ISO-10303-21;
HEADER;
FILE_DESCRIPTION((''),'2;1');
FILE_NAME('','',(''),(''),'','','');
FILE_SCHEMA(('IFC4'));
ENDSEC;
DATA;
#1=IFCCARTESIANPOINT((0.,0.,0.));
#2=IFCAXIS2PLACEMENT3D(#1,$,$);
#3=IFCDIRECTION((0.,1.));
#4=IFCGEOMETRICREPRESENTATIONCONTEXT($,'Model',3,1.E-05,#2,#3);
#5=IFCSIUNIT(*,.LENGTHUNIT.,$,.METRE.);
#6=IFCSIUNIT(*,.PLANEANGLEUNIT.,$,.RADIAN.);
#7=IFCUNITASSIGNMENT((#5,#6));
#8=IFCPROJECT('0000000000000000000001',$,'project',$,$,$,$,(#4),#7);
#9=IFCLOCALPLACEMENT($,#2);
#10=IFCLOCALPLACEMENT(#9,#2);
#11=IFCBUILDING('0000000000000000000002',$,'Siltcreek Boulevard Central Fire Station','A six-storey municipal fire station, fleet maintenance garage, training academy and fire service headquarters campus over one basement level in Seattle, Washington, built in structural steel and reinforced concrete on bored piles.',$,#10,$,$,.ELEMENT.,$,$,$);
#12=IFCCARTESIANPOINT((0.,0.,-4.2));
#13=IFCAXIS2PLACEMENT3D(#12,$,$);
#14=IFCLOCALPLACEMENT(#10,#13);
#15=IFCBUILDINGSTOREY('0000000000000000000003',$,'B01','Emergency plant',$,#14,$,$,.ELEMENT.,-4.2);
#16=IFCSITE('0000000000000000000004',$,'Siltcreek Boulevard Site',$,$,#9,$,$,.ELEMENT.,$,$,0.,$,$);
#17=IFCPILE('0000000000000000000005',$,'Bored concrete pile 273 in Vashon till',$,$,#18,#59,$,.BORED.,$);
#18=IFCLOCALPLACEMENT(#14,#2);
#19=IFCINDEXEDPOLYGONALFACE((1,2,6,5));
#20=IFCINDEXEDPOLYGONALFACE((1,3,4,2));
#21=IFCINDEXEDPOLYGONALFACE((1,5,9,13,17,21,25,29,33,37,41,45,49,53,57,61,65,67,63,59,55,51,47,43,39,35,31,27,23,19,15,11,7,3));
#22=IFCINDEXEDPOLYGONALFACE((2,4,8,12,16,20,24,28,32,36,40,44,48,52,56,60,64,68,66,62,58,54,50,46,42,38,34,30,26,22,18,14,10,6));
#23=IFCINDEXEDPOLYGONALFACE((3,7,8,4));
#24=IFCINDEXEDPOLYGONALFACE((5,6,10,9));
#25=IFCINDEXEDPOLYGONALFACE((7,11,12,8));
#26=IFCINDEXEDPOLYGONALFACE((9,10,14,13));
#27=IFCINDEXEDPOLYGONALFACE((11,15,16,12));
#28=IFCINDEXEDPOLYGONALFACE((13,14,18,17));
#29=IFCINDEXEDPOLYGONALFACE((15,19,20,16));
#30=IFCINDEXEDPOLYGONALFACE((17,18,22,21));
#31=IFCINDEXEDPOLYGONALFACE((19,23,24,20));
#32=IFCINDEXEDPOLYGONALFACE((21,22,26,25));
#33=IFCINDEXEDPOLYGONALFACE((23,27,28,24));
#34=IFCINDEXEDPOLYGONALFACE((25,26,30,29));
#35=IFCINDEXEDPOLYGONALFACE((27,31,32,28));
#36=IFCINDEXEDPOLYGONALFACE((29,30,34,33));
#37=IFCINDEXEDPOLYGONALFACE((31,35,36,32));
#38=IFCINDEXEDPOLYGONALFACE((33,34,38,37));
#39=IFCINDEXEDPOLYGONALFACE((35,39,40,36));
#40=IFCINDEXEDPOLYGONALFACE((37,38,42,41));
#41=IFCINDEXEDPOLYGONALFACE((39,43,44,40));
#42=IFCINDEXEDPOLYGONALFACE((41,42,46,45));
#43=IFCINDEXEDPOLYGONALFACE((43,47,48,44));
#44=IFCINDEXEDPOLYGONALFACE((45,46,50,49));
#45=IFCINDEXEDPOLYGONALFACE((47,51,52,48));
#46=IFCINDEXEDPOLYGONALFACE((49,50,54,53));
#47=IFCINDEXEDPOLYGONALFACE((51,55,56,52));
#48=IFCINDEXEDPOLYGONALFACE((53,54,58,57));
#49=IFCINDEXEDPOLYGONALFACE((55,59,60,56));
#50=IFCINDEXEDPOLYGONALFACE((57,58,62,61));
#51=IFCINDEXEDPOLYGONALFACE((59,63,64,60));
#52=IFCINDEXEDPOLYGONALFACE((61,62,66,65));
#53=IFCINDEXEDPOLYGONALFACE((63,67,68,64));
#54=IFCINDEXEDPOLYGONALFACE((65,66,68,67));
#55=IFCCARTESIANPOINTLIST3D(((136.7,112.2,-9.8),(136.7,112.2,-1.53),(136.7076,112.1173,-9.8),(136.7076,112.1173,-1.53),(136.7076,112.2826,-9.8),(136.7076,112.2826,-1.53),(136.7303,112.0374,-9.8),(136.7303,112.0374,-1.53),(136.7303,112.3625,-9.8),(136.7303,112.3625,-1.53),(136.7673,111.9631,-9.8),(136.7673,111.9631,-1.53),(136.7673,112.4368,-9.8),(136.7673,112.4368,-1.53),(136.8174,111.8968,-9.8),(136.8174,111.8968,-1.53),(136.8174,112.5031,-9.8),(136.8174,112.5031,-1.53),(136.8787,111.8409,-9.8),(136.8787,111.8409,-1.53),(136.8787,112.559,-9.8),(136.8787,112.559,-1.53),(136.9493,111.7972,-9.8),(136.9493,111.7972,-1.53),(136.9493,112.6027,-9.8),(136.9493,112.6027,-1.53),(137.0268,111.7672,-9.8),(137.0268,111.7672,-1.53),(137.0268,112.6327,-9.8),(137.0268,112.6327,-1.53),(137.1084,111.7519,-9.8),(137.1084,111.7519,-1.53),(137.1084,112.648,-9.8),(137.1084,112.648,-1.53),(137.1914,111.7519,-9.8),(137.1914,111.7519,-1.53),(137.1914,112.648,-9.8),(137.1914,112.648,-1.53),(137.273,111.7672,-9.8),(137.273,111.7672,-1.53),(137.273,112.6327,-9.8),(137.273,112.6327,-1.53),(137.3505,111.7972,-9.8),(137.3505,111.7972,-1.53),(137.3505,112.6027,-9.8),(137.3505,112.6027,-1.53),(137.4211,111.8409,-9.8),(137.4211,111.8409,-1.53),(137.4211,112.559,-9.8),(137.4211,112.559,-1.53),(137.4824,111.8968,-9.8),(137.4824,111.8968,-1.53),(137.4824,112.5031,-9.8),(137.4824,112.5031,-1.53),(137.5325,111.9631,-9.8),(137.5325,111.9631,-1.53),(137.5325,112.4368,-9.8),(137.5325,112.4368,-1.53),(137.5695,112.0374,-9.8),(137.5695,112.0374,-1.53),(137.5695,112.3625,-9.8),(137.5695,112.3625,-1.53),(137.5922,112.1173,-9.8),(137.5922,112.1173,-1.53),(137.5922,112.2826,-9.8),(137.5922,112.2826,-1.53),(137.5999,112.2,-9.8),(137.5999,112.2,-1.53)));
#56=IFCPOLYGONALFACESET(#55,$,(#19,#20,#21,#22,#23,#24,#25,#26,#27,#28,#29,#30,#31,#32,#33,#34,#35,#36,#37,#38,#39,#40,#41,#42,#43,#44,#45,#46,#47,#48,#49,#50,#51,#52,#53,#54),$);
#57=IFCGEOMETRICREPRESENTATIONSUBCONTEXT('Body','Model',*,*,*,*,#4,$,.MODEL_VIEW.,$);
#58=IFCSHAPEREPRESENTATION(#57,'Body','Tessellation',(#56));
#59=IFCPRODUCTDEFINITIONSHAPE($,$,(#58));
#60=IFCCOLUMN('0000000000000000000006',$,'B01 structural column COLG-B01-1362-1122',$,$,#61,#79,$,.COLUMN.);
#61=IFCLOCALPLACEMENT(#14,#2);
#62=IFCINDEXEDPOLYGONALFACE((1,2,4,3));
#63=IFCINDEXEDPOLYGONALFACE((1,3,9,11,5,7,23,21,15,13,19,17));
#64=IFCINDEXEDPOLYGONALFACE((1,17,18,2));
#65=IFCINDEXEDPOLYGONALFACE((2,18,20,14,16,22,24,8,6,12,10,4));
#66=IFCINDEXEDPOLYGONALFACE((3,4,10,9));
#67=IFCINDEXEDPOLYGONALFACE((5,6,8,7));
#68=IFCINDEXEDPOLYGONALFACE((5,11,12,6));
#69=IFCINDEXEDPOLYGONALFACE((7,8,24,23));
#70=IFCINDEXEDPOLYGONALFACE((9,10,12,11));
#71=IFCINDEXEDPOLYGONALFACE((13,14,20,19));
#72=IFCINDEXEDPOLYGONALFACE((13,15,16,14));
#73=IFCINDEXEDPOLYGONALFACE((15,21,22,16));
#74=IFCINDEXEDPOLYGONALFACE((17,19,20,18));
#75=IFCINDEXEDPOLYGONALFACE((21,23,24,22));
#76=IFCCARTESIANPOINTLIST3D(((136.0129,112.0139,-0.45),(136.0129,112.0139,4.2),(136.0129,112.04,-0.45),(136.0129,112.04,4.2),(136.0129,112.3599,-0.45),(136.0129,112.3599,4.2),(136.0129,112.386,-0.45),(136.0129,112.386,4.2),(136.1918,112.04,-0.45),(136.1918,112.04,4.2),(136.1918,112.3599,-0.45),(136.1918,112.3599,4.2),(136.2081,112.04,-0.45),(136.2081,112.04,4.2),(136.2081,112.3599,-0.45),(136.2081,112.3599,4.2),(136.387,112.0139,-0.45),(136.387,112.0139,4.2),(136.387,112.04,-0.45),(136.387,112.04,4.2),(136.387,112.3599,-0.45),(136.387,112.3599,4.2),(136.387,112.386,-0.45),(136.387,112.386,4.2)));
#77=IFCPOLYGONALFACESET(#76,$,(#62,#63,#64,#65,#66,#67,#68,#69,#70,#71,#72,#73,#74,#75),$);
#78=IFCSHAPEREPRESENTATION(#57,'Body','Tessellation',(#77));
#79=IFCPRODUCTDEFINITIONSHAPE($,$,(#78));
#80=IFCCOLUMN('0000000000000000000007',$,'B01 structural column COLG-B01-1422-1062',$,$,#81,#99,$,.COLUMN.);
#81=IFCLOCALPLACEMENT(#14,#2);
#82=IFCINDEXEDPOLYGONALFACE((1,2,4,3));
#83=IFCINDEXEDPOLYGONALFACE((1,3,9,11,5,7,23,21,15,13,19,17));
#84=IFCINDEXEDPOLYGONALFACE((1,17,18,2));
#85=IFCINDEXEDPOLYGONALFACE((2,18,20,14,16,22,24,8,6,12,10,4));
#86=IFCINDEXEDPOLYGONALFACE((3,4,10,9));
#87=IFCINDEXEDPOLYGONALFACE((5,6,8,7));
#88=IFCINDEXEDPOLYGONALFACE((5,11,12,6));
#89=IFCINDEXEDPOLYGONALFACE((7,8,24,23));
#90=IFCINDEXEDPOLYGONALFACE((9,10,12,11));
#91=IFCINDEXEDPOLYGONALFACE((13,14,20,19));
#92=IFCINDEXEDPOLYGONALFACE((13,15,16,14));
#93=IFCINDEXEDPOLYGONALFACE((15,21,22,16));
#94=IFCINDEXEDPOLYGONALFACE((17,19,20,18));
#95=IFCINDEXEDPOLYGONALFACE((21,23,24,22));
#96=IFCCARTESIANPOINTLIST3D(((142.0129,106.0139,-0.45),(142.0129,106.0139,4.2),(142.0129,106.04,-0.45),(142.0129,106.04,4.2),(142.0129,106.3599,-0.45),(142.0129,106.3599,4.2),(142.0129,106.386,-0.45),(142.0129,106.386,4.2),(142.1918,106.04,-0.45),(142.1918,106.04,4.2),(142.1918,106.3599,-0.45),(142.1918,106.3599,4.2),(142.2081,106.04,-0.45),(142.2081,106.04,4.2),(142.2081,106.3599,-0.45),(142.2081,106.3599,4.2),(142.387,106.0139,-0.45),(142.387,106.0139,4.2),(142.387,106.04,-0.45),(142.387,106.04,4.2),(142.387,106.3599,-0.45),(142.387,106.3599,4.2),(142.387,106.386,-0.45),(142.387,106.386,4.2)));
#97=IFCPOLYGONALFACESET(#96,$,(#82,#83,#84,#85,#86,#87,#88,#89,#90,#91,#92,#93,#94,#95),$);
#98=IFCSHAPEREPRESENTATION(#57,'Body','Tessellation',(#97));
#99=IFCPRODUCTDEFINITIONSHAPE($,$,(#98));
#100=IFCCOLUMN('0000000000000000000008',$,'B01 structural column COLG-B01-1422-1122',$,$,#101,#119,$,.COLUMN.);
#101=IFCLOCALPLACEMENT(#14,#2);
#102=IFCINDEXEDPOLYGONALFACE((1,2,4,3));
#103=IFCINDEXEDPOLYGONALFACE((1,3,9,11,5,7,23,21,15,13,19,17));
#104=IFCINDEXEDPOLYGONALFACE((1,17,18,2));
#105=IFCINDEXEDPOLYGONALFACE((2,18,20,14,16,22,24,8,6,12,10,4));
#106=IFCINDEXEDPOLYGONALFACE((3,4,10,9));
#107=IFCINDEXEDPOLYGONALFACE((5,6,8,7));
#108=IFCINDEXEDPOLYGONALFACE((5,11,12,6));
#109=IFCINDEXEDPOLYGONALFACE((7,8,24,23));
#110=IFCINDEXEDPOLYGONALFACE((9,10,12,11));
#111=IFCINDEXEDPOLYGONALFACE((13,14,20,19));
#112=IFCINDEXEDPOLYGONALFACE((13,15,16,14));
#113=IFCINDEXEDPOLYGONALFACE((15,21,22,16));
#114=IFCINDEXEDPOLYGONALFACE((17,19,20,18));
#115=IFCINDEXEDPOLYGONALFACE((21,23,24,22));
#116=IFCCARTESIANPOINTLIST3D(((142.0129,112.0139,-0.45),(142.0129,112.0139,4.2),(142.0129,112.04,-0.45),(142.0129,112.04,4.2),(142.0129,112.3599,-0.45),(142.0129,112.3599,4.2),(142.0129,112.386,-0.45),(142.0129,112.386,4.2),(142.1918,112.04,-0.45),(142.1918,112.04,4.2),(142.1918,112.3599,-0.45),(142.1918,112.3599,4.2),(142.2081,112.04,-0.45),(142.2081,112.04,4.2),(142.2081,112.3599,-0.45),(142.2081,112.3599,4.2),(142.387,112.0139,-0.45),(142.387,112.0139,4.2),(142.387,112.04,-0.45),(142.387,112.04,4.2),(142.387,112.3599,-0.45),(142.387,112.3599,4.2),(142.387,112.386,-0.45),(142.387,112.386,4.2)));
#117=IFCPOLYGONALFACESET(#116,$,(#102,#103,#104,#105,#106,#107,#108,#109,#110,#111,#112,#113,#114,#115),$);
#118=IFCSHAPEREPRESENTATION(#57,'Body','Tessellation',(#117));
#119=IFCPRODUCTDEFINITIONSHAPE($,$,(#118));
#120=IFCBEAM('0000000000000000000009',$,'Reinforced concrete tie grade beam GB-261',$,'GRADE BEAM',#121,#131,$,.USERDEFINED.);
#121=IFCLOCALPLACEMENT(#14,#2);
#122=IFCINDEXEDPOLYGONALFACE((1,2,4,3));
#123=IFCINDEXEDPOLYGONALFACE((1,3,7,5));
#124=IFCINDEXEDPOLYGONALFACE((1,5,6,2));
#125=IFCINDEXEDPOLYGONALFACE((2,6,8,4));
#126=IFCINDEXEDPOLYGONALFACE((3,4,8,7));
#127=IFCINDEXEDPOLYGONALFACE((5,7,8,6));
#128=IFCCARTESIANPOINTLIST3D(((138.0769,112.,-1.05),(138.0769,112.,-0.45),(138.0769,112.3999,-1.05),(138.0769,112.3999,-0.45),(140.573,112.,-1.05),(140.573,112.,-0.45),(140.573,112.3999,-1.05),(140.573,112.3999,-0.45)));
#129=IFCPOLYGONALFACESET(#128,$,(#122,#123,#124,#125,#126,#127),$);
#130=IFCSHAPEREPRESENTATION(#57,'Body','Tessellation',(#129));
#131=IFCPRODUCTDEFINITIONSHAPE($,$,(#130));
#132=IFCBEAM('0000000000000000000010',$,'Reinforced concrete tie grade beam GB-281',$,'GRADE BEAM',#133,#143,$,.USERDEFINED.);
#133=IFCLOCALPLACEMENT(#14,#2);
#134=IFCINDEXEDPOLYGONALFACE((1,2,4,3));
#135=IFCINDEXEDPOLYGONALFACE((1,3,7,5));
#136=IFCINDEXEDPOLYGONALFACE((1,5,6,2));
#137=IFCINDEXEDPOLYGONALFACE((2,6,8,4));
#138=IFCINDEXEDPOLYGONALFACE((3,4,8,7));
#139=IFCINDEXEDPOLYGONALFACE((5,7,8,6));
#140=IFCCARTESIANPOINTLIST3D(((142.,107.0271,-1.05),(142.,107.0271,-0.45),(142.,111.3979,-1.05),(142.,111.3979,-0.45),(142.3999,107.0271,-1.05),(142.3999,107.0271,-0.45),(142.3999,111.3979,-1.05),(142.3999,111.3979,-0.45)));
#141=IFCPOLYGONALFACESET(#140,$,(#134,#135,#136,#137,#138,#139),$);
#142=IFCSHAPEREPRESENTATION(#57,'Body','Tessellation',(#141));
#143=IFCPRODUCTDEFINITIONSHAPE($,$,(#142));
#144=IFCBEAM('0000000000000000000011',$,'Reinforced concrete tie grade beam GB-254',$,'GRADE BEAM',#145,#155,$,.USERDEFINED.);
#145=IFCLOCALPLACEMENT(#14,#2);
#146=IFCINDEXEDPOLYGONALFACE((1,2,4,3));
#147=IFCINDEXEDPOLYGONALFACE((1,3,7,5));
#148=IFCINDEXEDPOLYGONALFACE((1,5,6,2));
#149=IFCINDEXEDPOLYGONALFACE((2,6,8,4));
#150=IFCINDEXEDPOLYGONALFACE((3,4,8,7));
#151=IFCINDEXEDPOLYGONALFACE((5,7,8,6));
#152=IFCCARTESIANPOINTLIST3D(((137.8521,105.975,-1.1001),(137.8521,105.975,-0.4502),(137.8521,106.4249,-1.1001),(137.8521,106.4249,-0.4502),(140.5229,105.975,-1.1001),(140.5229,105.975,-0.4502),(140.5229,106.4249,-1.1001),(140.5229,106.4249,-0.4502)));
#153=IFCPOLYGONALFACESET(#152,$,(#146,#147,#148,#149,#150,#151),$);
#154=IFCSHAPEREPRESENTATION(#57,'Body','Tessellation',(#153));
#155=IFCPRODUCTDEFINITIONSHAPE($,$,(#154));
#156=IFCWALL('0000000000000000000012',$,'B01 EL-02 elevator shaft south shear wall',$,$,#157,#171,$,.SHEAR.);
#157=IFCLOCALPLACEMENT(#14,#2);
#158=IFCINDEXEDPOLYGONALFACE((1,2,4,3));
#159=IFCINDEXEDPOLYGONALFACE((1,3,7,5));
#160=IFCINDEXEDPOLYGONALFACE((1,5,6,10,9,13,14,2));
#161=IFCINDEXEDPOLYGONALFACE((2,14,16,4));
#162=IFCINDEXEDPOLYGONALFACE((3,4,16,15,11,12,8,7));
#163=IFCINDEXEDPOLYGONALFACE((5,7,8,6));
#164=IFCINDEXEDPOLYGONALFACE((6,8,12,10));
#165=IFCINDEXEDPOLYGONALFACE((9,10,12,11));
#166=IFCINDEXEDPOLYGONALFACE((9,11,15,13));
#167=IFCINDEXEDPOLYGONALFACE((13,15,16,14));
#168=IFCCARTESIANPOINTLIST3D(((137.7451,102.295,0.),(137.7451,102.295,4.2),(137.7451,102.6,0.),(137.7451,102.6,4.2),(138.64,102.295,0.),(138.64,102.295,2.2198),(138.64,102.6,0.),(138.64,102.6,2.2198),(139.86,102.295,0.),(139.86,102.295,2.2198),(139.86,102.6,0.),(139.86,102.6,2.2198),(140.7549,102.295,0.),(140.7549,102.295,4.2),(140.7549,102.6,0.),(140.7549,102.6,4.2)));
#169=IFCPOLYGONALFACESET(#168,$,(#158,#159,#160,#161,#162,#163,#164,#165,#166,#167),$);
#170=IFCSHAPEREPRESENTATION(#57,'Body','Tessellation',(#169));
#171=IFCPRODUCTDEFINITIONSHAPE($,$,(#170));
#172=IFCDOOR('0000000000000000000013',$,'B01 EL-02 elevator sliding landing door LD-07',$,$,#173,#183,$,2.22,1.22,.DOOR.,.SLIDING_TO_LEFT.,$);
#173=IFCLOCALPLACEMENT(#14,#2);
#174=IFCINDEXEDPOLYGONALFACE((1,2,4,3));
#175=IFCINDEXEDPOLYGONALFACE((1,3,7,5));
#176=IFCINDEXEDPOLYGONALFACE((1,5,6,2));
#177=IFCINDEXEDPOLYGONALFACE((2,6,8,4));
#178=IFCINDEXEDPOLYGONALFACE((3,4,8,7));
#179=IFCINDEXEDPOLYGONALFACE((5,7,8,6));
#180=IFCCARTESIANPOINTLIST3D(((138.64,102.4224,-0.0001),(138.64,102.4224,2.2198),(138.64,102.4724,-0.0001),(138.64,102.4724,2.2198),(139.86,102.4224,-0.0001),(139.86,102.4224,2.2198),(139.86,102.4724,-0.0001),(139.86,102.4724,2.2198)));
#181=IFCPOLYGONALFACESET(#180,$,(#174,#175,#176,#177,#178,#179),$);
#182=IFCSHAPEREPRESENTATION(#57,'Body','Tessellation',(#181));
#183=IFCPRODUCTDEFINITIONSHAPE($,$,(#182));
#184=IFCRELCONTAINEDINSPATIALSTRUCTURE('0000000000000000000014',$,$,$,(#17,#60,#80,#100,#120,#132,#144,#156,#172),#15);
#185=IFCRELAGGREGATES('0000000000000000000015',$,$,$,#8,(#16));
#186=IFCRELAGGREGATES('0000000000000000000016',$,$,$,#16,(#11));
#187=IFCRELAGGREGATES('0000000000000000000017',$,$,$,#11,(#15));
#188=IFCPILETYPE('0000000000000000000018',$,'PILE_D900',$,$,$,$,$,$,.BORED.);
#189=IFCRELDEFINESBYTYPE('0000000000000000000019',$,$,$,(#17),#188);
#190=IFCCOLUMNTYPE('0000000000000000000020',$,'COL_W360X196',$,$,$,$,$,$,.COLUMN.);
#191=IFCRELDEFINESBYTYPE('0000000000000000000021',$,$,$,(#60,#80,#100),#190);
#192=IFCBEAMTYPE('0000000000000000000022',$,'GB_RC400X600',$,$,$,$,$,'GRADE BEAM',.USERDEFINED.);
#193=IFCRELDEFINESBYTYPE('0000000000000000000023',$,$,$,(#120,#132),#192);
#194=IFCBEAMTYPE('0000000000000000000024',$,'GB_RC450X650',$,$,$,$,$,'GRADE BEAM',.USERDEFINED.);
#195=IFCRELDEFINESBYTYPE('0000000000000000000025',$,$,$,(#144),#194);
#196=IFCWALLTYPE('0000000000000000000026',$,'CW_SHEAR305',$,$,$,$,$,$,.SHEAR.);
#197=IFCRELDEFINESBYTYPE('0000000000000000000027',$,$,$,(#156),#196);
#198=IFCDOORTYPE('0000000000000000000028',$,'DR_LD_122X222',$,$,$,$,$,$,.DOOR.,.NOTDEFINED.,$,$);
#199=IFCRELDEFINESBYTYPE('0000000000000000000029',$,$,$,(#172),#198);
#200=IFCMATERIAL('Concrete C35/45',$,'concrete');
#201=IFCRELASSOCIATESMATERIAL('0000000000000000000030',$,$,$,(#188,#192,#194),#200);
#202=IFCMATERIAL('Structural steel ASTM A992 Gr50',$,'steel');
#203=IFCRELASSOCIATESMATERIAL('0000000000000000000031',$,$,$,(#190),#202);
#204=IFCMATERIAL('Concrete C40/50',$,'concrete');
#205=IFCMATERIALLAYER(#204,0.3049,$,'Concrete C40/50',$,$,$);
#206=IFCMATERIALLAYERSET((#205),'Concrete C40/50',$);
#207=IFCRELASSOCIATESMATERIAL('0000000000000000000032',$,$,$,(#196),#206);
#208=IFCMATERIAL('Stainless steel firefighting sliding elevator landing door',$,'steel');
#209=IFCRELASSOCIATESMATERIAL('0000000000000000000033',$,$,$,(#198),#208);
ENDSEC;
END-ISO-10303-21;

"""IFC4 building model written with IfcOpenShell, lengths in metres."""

from ifc_helpers import new_model, si_unit, direction, frame, frame_2d, origin, origin_2d, place, context, subcontext, project, spatial, rectangle, circle, i_section, extrude, material, layer, layer_set, material_profile, profile_set, type_object, element, fill, save


model = new_model("IFC4")

# Units and contexts
model_context = context("Model", 3, precision=1e-05, world=origin(), true_north=direction((0.0, 1.0)))
body_context = subcontext(model_context, "Body", "Model", "MODEL_VIEW")
ifc_project = project(units=[si_unit("LENGTHUNIT", "METRE"), si_unit("PLANEANGLEUNIT", "RADIAN")], contexts=[model_context])

# Site, building, storey
site_placement = place(None, origin())
site = spatial("IfcSite", under=ifc_project, at=site_placement, Name="Siltcreek Boulevard Site", CompositionType="ELEMENT", RefElevation=0.0)
building_placement = place(site_placement, origin())
building = spatial("IfcBuilding", under=site, at=building_placement, Name="Siltcreek Boulevard Central Fire Station", Description="A six-storey municipal fire station, fleet maintenance garage, training academy and fire service headquarters campus over one basement level in Seattle, Washington, built in structural steel and reinforced concrete on bored piles.", CompositionType="ELEMENT")
storey_placement = place(building_placement, frame((0.0, 0.0, -4.2)))
storey = spatial("IfcBuildingStorey", under=building, at=storey_placement, Name="B01", Description="Emergency plant", CompositionType="ELEMENT", Elevation=-4.2)

# Shared definitions
ifc_material_1 = material(Name="Concrete C35/45", Category="concrete")

# Pile
ifc_material_profile_1 = material_profile(ifc_material_1, circle(Radius=0.45, at=origin_2d()), Name="SHAFT900")
ifc_profile_set_1 = profile_set([ifc_material_profile_1], Name="Concrete C35/45")
pile_type_1 = type_object("IfcPileType", Name="PILE_D900", PredefinedType="BORED", material=ifc_profile_set_1)
pile_1_placement = place(storey_placement, frame((137.1499, 112.2, -1.53), z_axis=(0.0, 0.0, -1.0), x_axis=(1.0, 0.0, 0.0)))
element("IfcPile", 1, at=pile_1_placement, inside=storey, type_object=pile_type_1, Name="Bored concrete pile 273 in Vashon till", PredefinedType="BORED", context=body_context, shape_type="SweptSolid", body=[
    extrude(circle(Radius=0.45, at=origin_2d()), origin(), (0.0, 0.0, 1.0), 8.27),
])

# Columns
ifc_material_2 = material(Name="Structural steel ASTM A992 Gr50", Category="steel")
ifc_material_profile_2 = material_profile(ifc_material_2, i_section(OverallWidth=0.374, OverallDepth=0.3721, WebThickness=0.0164, FlangeThickness=0.0261, at=origin_2d()), Name="W360X196")
ifc_profile_set_2 = profile_set([ifc_material_profile_2], Name="Structural steel ASTM A992 Gr50")
column_type = type_object("IfcColumnType", Name="COL_W360X196", PredefinedType="COLUMN", material=ifc_profile_set_2)
for number, where, z_axis, x_axis, name in (
    (2, (136.2, 112.2, -0.45), (0.0, 0.0, 1.0), (1.0, 0.0, 0.0), "B01 structural column COLG-B01-1362-1122"),
    (3, (142.2, 106.2, -0.45), (0.0, 0.0, 1.0), (1.0, 0.0, 0.0), "B01 structural column COLG-B01-1422-1062"),
    (4, (142.2, 112.2, -0.45), (0.0, 0.0, 1.0), (1.0, 0.0, 0.0), "B01 structural column COLG-B01-1422-1122"),
):
    element("IfcColumn", number, at=place(storey_placement, frame(where, z_axis=z_axis, x_axis=x_axis)), inside=storey, type_object=column_type, Name=name, PredefinedType="COLUMN", context=body_context, shape_type="SweptSolid", body=[
        extrude(i_section(OverallWidth=0.374, OverallDepth=0.3721, WebThickness=0.0164, FlangeThickness=0.0261, at=origin_2d()), origin(), (0.0, 0.0, 1.0), 4.6499),
    ])

# Beams
ifc_material_profile_3 = material_profile(ifc_material_1, rectangle(XDim=0.3999, YDim=0.6001, at=origin_2d()), Name="RC400X600")
ifc_profile_set_3 = profile_set([ifc_material_profile_3], Name="Concrete C35/45")
beam_type_1 = type_object("IfcBeamType", Name="GB_RC400X600", ElementType="GRADE BEAM", PredefinedType="USERDEFINED", material=ifc_profile_set_3)
beam_1_placement = place(storey_placement, frame((138.0769, 112.2, -0.75), z_axis=(1.0, 0.0, 0.0), x_axis=(0.0, 1.0, 0.0)))
element("IfcBeam", 5, at=beam_1_placement, inside=storey, type_object=beam_type_1, Name="Reinforced concrete tie grade beam GB-261", ObjectType="GRADE BEAM", PredefinedType="USERDEFINED", context=body_context, shape_type="SweptSolid", body=[
    extrude(rectangle(XDim=0.3999, YDim=0.6001, at=origin_2d()), origin(), (0.0, 0.0, 1.0), 2.4961),
])
beam_2_placement = place(storey_placement, frame((142.2, 107.0271, -0.75), z_axis=(0.0, 1.0, 0.0), x_axis=(-1.0, 0.0, 0.0)))
element("IfcBeam", 6, at=beam_2_placement, inside=storey, type_object=beam_type_1, Name="Reinforced concrete tie grade beam GB-281", ObjectType="GRADE BEAM", PredefinedType="USERDEFINED", context=body_context, shape_type="SweptSolid", body=[
    extrude(rectangle(XDim=0.3999, YDim=0.6001, at=origin_2d()), origin(), (0.0, 0.0, 1.0), 4.3708),
])
ifc_material_profile_4 = material_profile(ifc_material_1, rectangle(XDim=0.45, YDim=0.6499, at=origin_2d()), Name="RC450X650")
ifc_profile_set_4 = profile_set([ifc_material_profile_4], Name="Concrete C35/45")
beam_type_2 = type_object("IfcBeamType", Name="GB_RC450X650", ElementType="GRADE BEAM", PredefinedType="USERDEFINED", material=ifc_profile_set_4)
beam_3_placement = place(storey_placement, frame((137.8521, 106.2, -0.7751), z_axis=(1.0, 0.0, 0.0), x_axis=(0.0, 1.0, 0.0)))
element("IfcBeam", 7, at=beam_3_placement, inside=storey, type_object=beam_type_2, Name="Reinforced concrete tie grade beam GB-254", ObjectType="GRADE BEAM", PredefinedType="USERDEFINED", context=body_context, shape_type="SweptSolid", body=[
    extrude(rectangle(XDim=0.45, YDim=0.6499, at=origin_2d()), origin(), (0.0, 0.0, 1.0), 2.6709),
])

# Wall, opening, door
ifc_material_3 = material(Name="Concrete C40/50", Category="concrete")
ifc_layer_1 = layer(ifc_material_3, 0.3049, Name="Concrete C40/50")
ifc_layer_set_1 = layer_set([ifc_layer_1], Name="Concrete C40/50")
wall_type_1 = type_object("IfcWallType", Name="CW_SHEAR305", PredefinedType="SHEAR", material=ifc_layer_set_1)
wall_1_placement = place(storey_placement, frame((137.7451, 102.4475, 0.0), z_axis=(0.0, 0.0, 1.0), x_axis=(1.0, 0.0, 0.0)))
wall_1 = element("IfcWall", 8, at=wall_1_placement, inside=storey, type_object=wall_type_1, Name="B01 EL-02 elevator shaft south shear wall", PredefinedType="SHEAR", context=body_context, shape_type="SweptSolid", body=[
    extrude(rectangle(XDim=3.0098, YDim=0.3049, at=frame_2d((1.5049, 0.0))), origin(), (0.0, 0.0, 1.0), 4.2),
])
opening_1_placement = place(wall_1_placement, frame((0.895, 0.0, 0.0)))
opening_1 = element("IfcOpeningElement", 9, at=opening_1_placement, cuts=wall_1, PredefinedType="OPENING", context=body_context, shape_type="SweptSolid", body=[
    extrude(rectangle(XDim=1.22, YDim=2.22, at=frame_2d((0.6099, 1.1099))), frame((0.0, 0.1624, 0.0), z_axis=(0.0, -1.0, 0.0), x_axis=(1.0, 0.0, 0.0)), (0.0, 0.0, 1.0), 0.325),
])
ifc_material_4 = material(Name="Stainless steel firefighting sliding elevator landing door", Category="steel")
door_type_1 = type_object("IfcDoorType", Name="DR_LD_122X222", OperationType="NOTDEFINED", PredefinedType="DOOR", material=ifc_material_4)
door_1_placement = place(opening_1_placement, origin())
door_1 = element("IfcDoor", 10, at=door_1_placement, inside=storey, type_object=door_type_1, Name="B01 EL-02 elevator sliding landing door LD-07", OperationType="SLIDING_TO_LEFT", OverallHeight=2.22, OverallWidth=1.22, PredefinedType="DOOR", context=body_context, shape_type="SweptSolid", body=[
    extrude(rectangle(XDim=1.22, YDim=2.22, at=frame_2d((0.6099, 1.1099))), frame((0.0, 0.0249, 0.0), z_axis=(0.0, -1.0, 0.0), x_axis=(1.0, 0.0, 0.0)), (0.0, 0.0, 1.0), 0.05),
])
fill(opening_1, door_1)

save(model, "model.ifc")
